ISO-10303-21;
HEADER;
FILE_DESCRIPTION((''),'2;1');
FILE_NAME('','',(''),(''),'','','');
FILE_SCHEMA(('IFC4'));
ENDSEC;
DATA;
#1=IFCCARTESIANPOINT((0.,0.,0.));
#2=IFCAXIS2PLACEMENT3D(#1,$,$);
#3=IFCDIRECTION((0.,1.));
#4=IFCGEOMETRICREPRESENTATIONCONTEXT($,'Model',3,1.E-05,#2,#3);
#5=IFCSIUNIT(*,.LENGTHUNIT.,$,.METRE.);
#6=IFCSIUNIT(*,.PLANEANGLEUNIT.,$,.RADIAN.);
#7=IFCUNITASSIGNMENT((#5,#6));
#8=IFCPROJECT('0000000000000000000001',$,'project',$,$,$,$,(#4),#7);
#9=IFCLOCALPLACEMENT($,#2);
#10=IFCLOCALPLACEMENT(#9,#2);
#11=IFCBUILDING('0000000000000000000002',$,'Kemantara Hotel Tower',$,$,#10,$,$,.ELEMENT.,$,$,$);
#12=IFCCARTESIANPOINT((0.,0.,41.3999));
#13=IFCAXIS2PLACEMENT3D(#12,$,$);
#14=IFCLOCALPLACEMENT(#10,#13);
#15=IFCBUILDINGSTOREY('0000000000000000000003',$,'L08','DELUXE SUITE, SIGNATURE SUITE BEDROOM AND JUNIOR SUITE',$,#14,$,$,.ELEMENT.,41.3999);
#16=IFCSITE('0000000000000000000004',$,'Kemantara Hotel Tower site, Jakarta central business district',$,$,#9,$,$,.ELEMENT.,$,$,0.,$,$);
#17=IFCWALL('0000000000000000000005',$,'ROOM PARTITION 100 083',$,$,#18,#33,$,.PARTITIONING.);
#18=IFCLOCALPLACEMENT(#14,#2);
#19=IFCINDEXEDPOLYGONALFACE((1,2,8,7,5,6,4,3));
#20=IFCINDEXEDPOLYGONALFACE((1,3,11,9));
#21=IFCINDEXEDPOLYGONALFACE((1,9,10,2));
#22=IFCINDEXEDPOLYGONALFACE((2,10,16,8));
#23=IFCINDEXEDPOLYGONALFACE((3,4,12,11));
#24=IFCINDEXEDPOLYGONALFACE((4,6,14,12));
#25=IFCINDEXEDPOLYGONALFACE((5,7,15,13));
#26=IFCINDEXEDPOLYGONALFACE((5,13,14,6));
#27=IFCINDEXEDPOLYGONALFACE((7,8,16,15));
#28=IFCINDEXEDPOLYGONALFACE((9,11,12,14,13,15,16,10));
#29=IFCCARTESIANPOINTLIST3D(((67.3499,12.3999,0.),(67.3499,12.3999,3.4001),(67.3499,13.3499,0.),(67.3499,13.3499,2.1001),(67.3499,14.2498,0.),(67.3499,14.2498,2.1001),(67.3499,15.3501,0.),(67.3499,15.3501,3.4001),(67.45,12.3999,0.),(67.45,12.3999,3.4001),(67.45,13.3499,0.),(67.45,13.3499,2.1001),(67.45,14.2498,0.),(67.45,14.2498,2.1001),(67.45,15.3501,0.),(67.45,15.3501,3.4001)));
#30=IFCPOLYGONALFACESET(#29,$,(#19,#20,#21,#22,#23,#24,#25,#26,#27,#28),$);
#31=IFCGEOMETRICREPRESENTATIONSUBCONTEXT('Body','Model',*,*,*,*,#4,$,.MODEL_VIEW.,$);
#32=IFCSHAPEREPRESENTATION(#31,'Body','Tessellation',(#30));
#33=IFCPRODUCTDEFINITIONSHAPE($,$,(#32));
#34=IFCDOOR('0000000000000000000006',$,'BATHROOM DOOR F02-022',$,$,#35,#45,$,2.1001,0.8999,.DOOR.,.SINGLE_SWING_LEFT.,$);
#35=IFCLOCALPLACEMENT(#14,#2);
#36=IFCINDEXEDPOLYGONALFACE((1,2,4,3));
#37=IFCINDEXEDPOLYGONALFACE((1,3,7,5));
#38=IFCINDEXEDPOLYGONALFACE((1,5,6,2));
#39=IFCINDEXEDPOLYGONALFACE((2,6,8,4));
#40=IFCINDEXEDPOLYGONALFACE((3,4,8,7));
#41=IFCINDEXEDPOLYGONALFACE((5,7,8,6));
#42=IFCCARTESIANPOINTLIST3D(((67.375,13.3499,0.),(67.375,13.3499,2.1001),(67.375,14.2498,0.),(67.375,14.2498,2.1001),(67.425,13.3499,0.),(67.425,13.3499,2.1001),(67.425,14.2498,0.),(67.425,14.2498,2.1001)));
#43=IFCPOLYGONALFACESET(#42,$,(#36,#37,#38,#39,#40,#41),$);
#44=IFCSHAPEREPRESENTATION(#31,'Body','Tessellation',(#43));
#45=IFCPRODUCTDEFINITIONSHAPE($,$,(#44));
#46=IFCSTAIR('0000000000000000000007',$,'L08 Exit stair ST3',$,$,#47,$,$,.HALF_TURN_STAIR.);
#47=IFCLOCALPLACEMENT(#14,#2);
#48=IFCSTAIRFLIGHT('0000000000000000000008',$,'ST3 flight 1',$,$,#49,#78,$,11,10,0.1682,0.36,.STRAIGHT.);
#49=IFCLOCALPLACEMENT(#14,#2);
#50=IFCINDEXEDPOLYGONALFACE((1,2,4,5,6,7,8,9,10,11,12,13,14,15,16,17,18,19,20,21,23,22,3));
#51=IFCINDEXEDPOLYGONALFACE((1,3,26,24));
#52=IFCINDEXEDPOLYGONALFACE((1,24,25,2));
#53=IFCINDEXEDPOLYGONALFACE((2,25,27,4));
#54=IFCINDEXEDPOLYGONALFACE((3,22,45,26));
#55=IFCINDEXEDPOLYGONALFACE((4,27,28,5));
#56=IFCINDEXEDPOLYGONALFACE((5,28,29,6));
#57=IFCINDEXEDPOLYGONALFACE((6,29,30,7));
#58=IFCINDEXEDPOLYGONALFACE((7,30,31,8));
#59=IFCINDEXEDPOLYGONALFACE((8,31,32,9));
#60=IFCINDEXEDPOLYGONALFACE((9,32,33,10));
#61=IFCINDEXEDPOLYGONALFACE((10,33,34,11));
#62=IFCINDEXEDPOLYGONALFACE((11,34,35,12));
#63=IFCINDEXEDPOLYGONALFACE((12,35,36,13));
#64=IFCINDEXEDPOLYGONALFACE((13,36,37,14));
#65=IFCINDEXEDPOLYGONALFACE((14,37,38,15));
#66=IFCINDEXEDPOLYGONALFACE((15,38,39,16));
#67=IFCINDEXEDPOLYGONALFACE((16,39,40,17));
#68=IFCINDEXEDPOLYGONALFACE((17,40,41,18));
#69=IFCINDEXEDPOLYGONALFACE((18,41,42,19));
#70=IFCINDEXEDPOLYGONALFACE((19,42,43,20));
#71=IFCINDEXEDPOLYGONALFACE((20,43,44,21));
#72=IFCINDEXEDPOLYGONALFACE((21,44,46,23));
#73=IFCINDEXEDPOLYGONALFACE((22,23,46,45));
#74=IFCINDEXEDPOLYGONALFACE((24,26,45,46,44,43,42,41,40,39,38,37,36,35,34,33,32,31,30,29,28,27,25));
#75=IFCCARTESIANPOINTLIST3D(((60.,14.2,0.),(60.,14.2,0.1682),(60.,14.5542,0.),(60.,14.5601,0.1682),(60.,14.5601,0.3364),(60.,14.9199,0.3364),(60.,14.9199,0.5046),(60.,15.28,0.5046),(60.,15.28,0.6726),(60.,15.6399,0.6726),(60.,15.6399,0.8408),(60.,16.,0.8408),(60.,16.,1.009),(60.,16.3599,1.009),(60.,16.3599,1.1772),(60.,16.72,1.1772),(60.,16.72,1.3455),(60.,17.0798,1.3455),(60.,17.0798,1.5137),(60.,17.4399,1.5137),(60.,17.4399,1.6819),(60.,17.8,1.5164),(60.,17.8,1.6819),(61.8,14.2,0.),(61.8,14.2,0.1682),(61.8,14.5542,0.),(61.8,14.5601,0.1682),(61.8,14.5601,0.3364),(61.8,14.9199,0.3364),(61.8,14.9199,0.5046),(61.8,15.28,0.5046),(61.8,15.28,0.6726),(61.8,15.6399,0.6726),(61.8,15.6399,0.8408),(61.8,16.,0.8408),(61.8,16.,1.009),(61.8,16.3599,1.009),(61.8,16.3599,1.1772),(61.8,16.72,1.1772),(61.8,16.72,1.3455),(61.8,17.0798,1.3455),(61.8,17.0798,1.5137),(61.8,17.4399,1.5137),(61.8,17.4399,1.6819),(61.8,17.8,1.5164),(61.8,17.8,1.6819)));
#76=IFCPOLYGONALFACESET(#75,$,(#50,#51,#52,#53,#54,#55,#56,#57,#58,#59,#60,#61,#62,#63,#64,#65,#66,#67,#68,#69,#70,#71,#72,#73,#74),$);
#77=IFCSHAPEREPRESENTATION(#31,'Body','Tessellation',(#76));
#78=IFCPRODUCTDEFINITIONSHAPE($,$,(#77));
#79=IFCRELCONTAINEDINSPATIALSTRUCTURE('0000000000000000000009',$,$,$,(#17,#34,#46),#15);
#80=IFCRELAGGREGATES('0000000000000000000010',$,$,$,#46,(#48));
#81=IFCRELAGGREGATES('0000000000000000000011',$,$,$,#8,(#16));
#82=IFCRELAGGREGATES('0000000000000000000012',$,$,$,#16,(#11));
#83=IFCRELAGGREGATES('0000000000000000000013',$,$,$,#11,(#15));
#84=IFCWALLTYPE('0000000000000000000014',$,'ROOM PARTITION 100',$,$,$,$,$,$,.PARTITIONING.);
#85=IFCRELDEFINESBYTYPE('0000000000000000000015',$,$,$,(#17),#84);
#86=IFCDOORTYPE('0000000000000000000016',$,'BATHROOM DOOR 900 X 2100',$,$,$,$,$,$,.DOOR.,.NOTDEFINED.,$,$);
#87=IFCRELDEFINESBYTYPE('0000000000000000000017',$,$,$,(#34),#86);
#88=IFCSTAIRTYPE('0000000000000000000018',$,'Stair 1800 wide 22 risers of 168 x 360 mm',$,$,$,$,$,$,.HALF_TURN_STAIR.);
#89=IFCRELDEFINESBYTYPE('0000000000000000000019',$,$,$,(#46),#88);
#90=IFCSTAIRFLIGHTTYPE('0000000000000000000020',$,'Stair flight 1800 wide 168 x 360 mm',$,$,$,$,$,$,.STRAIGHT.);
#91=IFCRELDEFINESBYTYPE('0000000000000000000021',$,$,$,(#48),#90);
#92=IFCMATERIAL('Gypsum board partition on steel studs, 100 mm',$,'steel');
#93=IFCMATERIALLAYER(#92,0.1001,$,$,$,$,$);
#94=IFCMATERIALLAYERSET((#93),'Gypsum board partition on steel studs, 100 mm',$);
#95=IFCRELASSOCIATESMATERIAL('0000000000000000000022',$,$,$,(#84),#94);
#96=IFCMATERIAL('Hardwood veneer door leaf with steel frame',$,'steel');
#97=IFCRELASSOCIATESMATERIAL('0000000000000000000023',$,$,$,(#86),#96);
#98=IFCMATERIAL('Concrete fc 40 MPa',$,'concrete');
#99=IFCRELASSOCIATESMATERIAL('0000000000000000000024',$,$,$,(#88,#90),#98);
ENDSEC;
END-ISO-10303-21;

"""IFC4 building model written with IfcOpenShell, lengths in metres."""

from ifc_helpers import new_model, si_unit, direction, frame, frame_2d, origin, place, context, subcontext, project, spatial, polyline, rectangle, outline, extrude, material, layer, layer_set, type_object, element, fill, aggregate, save


model = new_model("IFC4")

# Units and contexts
model_context = context("Model", 3, precision=1e-05, world=origin(), true_north=direction((0.0, 1.0)))
body_context = subcontext(model_context, "Body", "Model", "MODEL_VIEW")
ifc_project = project(units=[si_unit("LENGTHUNIT", "METRE"), si_unit("PLANEANGLEUNIT", "RADIAN")], contexts=[model_context])

# Site, building, storey
site_placement = place(None, origin())
site = spatial("IfcSite", under=ifc_project, at=site_placement, Name="Kemantara Hotel Tower site, Jakarta central business district", CompositionType="ELEMENT", RefElevation=0.0)
building_placement = place(site_placement, origin())
building = spatial("IfcBuilding", under=site, at=building_placement, Name="Kemantara Hotel Tower", CompositionType="ELEMENT")
storey_placement = place(building_placement, frame((0.0, 0.0, 41.3999)))
storey = spatial("IfcBuildingStorey", under=building, at=storey_placement, Name="L08", Description="DELUXE SUITE, SIGNATURE SUITE BEDROOM AND JUNIOR SUITE", CompositionType="ELEMENT", Elevation=41.3999)

# Shared definitions
ifc_material_1 = material(Name="Hardwood veneer door leaf with steel frame", Category="steel")

# Shared definitions
ifc_material_2 = material(Name="Concrete fc 40 MPa", Category="concrete")

# Shared definitions
ifc_material_3 = material(Name="Gypsum board partition on steel studs, 100 mm", Category="steel")
ifc_layer_1 = layer(ifc_material_3, 0.1001)
ifc_layer_set_1 = layer_set([ifc_layer_1], Name="Gypsum board partition on steel studs, 100 mm")
wall_type_1 = type_object("IfcWallType", Name="ROOM PARTITION 100", PredefinedType="PARTITIONING", material=ifc_layer_set_1)

# Wall, opening, door
wall_1_placement = place(storey_placement, frame((67.3999, 12.3999, 0.0), z_axis=(0.0, 0.0, 1.0), x_axis=(0.0, 1.0, 0.0)))
wall_1 = element("IfcWall", 1, at=wall_1_placement, inside=storey, type_object=wall_type_1, Name="ROOM PARTITION 100 083", PredefinedType="PARTITIONING", context=body_context, shape_type="SweptSolid", body=[
    extrude(rectangle(XDim=2.9502, YDim=0.1001, at=frame_2d((1.4751, 0.0))), origin(), (0.0, 0.0, 1.0), 3.4001),
])
opening_1_placement = place(wall_1_placement, frame((0.95, 0.0, 0.0)))
opening_1 = element("IfcOpeningElement", 2, at=opening_1_placement, cuts=wall_1, PredefinedType="OPENING", context=body_context, shape_type="SweptSolid", body=[
    extrude(rectangle(XDim=0.8999, YDim=2.1001, at=frame_2d((0.45, 1.05))), frame((0.0, 0.0601, 0.0), z_axis=(0.0, -1.0, 0.0), x_axis=(1.0, 0.0, 0.0)), (0.0, 0.0, 1.0), 0.1201),
])
door_type_1 = type_object("IfcDoorType", Name="BATHROOM DOOR 900 X 2100", OperationType="NOTDEFINED", PredefinedType="DOOR", material=ifc_material_1)
door_1_placement = place(opening_1_placement, origin())
door_1 = element("IfcDoor", 3, at=door_1_placement, inside=storey, type_object=door_type_1, Name="BATHROOM DOOR F02-022", OperationType="SINGLE_SWING_LEFT", OverallHeight=2.1001, OverallWidth=0.8999, PredefinedType="DOOR", context=body_context, shape_type="SweptSolid", body=[
    extrude(rectangle(XDim=0.8999, YDim=2.1001, at=frame_2d((0.45, 1.05))), frame((0.0, 0.0249, 0.0), z_axis=(0.0, -1.0, 0.0), x_axis=(1.0, 0.0, 0.0)), (0.0, 0.0, 1.0), 0.05),
])
fill(opening_1, door_1)

# Stair, stair flight
stair_type = type_object("IfcStairType", Name="Stair 1800 wide 22 risers of 168 x 360 mm", PredefinedType="HALF_TURN_STAIR", material=ifc_material_2)
stair_placement = place(storey_placement, origin())
stair = element("IfcStair", 4, at=stair_placement, inside=storey, type_object=stair_type, Name="L08 Exit stair ST3", PredefinedType="HALF_TURN_STAIR")
stair_flight_type = type_object("IfcStairFlightType", Name="Stair flight 1800 wide 168 x 360 mm", PredefinedType="STRAIGHT", material=ifc_material_2)
stair_flight_placement = place(storey_placement, frame((60.8999, 14.2, 0.0), z_axis=(0.0, 0.0, 1.0), x_axis=(0.0, 1.0, 0.0)))
stair_flight = element("IfcStairFlight", 5, at=stair_flight_placement, type_object=stair_flight_type, Name="ST3 flight 1", NumberOfRisers=11, NumberOfTreads=10, PredefinedType="STRAIGHT", RiserHeight=0.1682, TreadLength=0.36, context=body_context, shape_type="SweptSolid", body=[
    extrude(outline(polyline([(0.0, 0.0), (0.0, 0.1682), (0.3601, 0.1682), (0.3601, 0.3364), (0.72, 0.3364), (0.72, 0.5046), (1.0801, 0.5046), (1.0801, 0.6726), (1.4399, 0.6726), (1.4399, 0.8408), (1.8, 0.8408), (1.8, 1.009), (2.1599, 1.009), (2.1599, 1.1772), (2.52, 1.1772), (2.52, 1.3455), (2.8799, 1.3455), (2.8799, 1.5137), (3.24, 1.5137), (3.24, 1.6819), (3.6001, 1.6819), (3.6001, 1.8501), (3.6001, 1.5164), (0.3542, 0.0), (0.0, 0.0)])), frame((0.0, 0.8999, 0.0), z_axis=(0.0, -1.0, 0.0), x_axis=(1.0, 0.0, 0.0)), (0.0, 0.0, 1.0), 1.8),
])
aggregate(stair, [stair_flight])

save(model, "model.ifc")
